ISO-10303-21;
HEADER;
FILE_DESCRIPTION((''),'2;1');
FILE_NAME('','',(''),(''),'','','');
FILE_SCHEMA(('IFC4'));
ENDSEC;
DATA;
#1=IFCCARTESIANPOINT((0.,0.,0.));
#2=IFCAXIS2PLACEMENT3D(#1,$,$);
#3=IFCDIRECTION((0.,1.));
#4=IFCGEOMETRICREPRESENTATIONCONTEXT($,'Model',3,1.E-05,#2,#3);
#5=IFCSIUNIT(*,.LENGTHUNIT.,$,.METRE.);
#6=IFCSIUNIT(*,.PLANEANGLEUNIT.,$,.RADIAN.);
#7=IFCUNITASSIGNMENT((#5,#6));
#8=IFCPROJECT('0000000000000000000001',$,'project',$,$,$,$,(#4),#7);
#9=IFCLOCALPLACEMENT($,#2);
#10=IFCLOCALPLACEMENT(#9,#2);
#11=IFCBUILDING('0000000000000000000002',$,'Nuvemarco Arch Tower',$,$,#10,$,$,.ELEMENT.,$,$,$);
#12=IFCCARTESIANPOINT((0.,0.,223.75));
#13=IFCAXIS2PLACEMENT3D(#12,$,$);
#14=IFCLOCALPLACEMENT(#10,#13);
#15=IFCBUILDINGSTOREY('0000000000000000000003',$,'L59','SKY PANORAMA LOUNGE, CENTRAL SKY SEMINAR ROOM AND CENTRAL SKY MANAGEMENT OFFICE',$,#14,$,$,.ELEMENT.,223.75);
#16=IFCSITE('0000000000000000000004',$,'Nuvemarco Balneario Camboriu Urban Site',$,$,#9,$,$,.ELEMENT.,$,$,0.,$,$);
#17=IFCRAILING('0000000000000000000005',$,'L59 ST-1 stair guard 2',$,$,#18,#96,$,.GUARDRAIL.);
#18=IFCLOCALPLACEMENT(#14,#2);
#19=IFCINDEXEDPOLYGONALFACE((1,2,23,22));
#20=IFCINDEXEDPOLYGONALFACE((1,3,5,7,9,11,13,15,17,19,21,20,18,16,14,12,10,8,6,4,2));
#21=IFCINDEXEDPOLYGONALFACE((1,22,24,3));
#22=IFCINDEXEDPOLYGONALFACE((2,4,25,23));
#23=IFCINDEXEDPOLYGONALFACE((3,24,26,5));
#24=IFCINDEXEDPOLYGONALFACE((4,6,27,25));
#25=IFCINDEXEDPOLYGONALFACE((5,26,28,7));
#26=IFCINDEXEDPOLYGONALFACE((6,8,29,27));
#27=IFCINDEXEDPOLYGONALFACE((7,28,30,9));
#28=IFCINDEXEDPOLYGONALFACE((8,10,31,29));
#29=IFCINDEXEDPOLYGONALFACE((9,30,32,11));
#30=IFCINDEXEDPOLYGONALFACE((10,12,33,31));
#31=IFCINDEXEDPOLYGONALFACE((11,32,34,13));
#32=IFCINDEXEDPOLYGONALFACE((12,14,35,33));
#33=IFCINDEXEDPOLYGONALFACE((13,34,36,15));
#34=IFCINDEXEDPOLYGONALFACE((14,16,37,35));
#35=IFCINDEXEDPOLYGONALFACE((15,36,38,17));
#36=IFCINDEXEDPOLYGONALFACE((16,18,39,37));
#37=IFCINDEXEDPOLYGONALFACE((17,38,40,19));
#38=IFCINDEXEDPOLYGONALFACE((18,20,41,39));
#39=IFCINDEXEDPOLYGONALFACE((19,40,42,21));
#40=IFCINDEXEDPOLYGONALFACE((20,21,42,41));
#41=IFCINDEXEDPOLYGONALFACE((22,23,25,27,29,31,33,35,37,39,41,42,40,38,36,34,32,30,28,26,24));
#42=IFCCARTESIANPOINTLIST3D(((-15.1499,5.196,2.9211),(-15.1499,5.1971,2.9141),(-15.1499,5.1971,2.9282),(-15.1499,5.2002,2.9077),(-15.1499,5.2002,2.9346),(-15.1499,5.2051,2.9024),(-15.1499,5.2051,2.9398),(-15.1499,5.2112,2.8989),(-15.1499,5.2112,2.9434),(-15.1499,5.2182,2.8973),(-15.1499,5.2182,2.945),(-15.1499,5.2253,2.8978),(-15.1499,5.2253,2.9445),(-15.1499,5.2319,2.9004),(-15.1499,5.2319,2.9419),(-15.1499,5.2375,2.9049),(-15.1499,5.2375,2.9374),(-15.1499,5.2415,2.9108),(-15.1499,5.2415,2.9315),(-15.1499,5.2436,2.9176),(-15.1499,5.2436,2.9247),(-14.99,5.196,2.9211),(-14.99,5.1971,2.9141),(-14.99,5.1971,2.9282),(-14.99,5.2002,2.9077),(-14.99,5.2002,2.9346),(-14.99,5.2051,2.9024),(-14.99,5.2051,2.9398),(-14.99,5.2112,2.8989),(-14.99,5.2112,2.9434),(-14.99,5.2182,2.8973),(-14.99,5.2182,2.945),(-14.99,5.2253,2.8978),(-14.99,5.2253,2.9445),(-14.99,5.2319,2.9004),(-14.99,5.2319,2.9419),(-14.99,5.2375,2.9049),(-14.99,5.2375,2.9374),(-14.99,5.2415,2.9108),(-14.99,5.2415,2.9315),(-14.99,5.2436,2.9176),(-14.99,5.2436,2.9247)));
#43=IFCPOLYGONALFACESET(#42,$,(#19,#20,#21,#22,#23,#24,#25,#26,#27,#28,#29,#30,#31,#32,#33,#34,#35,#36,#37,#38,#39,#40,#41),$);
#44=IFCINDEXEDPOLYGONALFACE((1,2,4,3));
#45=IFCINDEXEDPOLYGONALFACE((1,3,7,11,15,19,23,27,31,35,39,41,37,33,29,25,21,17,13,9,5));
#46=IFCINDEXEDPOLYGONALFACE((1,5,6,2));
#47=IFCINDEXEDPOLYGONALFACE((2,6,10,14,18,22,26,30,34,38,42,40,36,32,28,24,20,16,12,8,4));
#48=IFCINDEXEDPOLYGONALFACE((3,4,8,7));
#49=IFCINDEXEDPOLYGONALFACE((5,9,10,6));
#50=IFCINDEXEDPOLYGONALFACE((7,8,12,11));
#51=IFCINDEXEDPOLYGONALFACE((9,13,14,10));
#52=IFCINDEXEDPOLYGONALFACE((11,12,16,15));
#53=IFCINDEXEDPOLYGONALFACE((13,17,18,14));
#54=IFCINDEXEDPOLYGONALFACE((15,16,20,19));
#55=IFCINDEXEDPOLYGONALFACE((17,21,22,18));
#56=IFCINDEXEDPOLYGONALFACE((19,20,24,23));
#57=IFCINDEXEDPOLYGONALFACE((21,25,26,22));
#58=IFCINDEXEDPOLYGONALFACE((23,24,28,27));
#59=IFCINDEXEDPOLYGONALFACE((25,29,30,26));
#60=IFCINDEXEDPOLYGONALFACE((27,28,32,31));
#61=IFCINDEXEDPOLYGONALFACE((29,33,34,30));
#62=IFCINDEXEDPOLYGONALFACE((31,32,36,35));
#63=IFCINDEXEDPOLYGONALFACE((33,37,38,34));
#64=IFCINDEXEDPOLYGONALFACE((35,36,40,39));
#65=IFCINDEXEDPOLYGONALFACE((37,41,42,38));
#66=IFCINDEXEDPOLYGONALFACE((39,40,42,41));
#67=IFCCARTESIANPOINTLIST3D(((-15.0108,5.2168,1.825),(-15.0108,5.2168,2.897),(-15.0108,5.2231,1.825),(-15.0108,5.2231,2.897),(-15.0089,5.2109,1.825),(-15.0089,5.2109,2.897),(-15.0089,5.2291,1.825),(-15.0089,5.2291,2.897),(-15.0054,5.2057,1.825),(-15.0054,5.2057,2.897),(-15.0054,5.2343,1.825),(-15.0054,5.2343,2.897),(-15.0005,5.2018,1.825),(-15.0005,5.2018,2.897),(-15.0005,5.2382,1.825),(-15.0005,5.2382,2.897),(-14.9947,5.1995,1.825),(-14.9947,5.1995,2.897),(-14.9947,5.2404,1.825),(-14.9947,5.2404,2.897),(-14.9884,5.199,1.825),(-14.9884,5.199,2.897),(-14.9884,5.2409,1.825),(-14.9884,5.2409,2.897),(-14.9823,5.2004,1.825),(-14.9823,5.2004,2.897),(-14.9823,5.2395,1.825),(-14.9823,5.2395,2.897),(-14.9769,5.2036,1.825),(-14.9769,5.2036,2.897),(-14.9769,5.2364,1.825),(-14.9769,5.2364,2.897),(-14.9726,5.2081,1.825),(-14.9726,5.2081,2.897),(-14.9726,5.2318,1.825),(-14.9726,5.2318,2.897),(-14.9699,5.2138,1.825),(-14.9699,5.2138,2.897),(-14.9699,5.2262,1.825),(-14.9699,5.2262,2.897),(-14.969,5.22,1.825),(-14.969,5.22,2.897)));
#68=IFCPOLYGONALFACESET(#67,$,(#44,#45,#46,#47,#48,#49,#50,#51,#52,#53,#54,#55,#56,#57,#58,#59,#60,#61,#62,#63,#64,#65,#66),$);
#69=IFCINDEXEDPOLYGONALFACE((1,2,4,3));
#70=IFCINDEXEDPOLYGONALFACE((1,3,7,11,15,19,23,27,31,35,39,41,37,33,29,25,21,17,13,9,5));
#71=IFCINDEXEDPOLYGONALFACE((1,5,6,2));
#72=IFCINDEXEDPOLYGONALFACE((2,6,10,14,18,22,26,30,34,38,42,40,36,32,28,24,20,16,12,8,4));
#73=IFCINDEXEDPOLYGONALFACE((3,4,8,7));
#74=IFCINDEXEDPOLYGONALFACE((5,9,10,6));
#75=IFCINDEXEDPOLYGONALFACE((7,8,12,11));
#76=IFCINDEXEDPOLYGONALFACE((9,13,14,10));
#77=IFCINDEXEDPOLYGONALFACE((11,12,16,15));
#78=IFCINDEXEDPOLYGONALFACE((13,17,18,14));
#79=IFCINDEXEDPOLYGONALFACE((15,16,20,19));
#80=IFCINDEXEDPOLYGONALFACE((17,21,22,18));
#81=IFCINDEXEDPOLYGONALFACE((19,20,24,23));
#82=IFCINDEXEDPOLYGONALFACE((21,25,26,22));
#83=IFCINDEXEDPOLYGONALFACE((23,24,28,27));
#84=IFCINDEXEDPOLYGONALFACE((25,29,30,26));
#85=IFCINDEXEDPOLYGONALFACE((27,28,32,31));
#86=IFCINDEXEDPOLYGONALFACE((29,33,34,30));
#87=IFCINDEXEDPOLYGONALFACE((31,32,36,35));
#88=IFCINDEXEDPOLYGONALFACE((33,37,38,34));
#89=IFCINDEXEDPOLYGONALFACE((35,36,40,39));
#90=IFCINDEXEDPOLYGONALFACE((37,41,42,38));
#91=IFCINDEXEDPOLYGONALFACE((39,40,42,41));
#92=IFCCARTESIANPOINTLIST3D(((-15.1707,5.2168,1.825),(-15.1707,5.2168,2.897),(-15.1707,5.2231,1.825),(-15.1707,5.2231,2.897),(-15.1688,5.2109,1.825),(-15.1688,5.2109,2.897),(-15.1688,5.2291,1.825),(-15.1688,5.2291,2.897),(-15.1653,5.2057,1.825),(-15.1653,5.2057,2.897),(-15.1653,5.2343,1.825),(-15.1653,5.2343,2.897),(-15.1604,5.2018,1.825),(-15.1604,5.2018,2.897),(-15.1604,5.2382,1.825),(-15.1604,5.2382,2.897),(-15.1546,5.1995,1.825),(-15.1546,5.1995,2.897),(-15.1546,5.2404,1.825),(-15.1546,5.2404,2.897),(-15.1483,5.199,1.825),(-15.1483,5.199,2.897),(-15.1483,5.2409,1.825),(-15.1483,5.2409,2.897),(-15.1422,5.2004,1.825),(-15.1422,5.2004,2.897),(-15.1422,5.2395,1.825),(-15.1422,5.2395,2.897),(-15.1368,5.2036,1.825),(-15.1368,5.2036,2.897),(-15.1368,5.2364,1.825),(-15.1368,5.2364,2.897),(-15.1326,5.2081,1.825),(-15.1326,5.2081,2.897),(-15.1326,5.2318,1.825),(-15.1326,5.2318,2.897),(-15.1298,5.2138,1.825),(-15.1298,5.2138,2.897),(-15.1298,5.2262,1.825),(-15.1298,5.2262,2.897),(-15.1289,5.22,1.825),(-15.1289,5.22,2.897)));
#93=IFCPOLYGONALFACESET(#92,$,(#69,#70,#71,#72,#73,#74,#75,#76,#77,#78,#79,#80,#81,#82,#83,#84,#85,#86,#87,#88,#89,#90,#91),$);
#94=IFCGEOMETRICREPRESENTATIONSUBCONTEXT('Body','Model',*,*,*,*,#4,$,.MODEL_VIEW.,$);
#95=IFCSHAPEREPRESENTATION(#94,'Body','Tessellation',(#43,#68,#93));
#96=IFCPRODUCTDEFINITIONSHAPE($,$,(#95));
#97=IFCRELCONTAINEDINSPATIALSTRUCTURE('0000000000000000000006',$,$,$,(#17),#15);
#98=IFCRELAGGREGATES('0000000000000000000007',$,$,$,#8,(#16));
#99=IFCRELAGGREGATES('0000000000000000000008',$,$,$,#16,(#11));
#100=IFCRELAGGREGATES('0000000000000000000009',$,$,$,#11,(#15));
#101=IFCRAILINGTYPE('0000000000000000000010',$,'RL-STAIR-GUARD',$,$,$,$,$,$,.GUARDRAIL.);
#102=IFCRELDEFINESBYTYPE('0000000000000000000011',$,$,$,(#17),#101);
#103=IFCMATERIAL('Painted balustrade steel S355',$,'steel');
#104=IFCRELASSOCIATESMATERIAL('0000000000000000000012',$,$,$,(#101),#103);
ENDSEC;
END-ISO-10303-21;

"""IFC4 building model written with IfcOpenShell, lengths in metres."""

from ifc_helpers import new_model, si_unit, direction, frame, origin, origin_2d, place, context, subcontext, project, spatial, circle, extrude, material, type_object, element, save


model = new_model("IFC4")

# Units and contexts
model_context = context("Model", 3, precision=1e-05, world=origin(), true_north=direction((0.0, 1.0)))
body_context = subcontext(model_context, "Body", "Model", "MODEL_VIEW")
ifc_project = project(units=[si_unit("LENGTHUNIT", "METRE"), si_unit("PLANEANGLEUNIT", "RADIAN")], contexts=[model_context])

# Site, building, storey
site_placement = place(None, origin())
site = spatial("IfcSite", under=ifc_project, at=site_placement, Name="Nuvemarco Balneario Camboriu Urban Site", CompositionType="ELEMENT", RefElevation=0.0)
building_placement = place(site_placement, origin())
building = spatial("IfcBuilding", under=site, at=building_placement, Name="Nuvemarco Arch Tower", CompositionType="ELEMENT")
storey_placement = place(building_placement, frame((0.0, 0.0, 223.75)))
storey = spatial("IfcBuildingStorey", under=building, at=storey_placement, Name="L59", Description="SKY PANORAMA LOUNGE, CENTRAL SKY SEMINAR ROOM AND CENTRAL SKY MANAGEMENT OFFICE", CompositionType="ELEMENT", Elevation=223.75)

# Railing
ifc_material_1 = material(Name="Painted balustrade steel S355", Category="steel")
railing_type_1 = type_object("IfcRailingType", Name="RL-STAIR-GUARD", PredefinedType="GUARDRAIL", material=ifc_material_1)
railing_1_placement = place(storey_placement, frame((-14.99, 5.22, 1.825)))
element("IfcRailing", 1, at=railing_1_placement, inside=storey, type_object=railing_type_1, Name="L59 ST-1 stair guard 2", PredefinedType="GUARDRAIL", context=body_context, shape_type="SweptSolid", body=[
    extrude(circle(Radius=0.0239, at=origin_2d()), frame((0.0, 0.0, 1.0962), z_axis=(-1.0, 0.0, 0.0), x_axis=(0.0, -1.0, 0.0)), (0.0, 0.0, 1.0), 0.1599),
    extrude(circle(Radius=0.021, at=origin_2d()), origin(), (0.0, 0.0, 1.0), 1.072),
    extrude(circle(Radius=0.021, at=origin_2d()), frame((-0.1599, 0.0, 0.0)), (0.0, 0.0, 1.0), 1.072),
])

save(model, "model.ifc")
